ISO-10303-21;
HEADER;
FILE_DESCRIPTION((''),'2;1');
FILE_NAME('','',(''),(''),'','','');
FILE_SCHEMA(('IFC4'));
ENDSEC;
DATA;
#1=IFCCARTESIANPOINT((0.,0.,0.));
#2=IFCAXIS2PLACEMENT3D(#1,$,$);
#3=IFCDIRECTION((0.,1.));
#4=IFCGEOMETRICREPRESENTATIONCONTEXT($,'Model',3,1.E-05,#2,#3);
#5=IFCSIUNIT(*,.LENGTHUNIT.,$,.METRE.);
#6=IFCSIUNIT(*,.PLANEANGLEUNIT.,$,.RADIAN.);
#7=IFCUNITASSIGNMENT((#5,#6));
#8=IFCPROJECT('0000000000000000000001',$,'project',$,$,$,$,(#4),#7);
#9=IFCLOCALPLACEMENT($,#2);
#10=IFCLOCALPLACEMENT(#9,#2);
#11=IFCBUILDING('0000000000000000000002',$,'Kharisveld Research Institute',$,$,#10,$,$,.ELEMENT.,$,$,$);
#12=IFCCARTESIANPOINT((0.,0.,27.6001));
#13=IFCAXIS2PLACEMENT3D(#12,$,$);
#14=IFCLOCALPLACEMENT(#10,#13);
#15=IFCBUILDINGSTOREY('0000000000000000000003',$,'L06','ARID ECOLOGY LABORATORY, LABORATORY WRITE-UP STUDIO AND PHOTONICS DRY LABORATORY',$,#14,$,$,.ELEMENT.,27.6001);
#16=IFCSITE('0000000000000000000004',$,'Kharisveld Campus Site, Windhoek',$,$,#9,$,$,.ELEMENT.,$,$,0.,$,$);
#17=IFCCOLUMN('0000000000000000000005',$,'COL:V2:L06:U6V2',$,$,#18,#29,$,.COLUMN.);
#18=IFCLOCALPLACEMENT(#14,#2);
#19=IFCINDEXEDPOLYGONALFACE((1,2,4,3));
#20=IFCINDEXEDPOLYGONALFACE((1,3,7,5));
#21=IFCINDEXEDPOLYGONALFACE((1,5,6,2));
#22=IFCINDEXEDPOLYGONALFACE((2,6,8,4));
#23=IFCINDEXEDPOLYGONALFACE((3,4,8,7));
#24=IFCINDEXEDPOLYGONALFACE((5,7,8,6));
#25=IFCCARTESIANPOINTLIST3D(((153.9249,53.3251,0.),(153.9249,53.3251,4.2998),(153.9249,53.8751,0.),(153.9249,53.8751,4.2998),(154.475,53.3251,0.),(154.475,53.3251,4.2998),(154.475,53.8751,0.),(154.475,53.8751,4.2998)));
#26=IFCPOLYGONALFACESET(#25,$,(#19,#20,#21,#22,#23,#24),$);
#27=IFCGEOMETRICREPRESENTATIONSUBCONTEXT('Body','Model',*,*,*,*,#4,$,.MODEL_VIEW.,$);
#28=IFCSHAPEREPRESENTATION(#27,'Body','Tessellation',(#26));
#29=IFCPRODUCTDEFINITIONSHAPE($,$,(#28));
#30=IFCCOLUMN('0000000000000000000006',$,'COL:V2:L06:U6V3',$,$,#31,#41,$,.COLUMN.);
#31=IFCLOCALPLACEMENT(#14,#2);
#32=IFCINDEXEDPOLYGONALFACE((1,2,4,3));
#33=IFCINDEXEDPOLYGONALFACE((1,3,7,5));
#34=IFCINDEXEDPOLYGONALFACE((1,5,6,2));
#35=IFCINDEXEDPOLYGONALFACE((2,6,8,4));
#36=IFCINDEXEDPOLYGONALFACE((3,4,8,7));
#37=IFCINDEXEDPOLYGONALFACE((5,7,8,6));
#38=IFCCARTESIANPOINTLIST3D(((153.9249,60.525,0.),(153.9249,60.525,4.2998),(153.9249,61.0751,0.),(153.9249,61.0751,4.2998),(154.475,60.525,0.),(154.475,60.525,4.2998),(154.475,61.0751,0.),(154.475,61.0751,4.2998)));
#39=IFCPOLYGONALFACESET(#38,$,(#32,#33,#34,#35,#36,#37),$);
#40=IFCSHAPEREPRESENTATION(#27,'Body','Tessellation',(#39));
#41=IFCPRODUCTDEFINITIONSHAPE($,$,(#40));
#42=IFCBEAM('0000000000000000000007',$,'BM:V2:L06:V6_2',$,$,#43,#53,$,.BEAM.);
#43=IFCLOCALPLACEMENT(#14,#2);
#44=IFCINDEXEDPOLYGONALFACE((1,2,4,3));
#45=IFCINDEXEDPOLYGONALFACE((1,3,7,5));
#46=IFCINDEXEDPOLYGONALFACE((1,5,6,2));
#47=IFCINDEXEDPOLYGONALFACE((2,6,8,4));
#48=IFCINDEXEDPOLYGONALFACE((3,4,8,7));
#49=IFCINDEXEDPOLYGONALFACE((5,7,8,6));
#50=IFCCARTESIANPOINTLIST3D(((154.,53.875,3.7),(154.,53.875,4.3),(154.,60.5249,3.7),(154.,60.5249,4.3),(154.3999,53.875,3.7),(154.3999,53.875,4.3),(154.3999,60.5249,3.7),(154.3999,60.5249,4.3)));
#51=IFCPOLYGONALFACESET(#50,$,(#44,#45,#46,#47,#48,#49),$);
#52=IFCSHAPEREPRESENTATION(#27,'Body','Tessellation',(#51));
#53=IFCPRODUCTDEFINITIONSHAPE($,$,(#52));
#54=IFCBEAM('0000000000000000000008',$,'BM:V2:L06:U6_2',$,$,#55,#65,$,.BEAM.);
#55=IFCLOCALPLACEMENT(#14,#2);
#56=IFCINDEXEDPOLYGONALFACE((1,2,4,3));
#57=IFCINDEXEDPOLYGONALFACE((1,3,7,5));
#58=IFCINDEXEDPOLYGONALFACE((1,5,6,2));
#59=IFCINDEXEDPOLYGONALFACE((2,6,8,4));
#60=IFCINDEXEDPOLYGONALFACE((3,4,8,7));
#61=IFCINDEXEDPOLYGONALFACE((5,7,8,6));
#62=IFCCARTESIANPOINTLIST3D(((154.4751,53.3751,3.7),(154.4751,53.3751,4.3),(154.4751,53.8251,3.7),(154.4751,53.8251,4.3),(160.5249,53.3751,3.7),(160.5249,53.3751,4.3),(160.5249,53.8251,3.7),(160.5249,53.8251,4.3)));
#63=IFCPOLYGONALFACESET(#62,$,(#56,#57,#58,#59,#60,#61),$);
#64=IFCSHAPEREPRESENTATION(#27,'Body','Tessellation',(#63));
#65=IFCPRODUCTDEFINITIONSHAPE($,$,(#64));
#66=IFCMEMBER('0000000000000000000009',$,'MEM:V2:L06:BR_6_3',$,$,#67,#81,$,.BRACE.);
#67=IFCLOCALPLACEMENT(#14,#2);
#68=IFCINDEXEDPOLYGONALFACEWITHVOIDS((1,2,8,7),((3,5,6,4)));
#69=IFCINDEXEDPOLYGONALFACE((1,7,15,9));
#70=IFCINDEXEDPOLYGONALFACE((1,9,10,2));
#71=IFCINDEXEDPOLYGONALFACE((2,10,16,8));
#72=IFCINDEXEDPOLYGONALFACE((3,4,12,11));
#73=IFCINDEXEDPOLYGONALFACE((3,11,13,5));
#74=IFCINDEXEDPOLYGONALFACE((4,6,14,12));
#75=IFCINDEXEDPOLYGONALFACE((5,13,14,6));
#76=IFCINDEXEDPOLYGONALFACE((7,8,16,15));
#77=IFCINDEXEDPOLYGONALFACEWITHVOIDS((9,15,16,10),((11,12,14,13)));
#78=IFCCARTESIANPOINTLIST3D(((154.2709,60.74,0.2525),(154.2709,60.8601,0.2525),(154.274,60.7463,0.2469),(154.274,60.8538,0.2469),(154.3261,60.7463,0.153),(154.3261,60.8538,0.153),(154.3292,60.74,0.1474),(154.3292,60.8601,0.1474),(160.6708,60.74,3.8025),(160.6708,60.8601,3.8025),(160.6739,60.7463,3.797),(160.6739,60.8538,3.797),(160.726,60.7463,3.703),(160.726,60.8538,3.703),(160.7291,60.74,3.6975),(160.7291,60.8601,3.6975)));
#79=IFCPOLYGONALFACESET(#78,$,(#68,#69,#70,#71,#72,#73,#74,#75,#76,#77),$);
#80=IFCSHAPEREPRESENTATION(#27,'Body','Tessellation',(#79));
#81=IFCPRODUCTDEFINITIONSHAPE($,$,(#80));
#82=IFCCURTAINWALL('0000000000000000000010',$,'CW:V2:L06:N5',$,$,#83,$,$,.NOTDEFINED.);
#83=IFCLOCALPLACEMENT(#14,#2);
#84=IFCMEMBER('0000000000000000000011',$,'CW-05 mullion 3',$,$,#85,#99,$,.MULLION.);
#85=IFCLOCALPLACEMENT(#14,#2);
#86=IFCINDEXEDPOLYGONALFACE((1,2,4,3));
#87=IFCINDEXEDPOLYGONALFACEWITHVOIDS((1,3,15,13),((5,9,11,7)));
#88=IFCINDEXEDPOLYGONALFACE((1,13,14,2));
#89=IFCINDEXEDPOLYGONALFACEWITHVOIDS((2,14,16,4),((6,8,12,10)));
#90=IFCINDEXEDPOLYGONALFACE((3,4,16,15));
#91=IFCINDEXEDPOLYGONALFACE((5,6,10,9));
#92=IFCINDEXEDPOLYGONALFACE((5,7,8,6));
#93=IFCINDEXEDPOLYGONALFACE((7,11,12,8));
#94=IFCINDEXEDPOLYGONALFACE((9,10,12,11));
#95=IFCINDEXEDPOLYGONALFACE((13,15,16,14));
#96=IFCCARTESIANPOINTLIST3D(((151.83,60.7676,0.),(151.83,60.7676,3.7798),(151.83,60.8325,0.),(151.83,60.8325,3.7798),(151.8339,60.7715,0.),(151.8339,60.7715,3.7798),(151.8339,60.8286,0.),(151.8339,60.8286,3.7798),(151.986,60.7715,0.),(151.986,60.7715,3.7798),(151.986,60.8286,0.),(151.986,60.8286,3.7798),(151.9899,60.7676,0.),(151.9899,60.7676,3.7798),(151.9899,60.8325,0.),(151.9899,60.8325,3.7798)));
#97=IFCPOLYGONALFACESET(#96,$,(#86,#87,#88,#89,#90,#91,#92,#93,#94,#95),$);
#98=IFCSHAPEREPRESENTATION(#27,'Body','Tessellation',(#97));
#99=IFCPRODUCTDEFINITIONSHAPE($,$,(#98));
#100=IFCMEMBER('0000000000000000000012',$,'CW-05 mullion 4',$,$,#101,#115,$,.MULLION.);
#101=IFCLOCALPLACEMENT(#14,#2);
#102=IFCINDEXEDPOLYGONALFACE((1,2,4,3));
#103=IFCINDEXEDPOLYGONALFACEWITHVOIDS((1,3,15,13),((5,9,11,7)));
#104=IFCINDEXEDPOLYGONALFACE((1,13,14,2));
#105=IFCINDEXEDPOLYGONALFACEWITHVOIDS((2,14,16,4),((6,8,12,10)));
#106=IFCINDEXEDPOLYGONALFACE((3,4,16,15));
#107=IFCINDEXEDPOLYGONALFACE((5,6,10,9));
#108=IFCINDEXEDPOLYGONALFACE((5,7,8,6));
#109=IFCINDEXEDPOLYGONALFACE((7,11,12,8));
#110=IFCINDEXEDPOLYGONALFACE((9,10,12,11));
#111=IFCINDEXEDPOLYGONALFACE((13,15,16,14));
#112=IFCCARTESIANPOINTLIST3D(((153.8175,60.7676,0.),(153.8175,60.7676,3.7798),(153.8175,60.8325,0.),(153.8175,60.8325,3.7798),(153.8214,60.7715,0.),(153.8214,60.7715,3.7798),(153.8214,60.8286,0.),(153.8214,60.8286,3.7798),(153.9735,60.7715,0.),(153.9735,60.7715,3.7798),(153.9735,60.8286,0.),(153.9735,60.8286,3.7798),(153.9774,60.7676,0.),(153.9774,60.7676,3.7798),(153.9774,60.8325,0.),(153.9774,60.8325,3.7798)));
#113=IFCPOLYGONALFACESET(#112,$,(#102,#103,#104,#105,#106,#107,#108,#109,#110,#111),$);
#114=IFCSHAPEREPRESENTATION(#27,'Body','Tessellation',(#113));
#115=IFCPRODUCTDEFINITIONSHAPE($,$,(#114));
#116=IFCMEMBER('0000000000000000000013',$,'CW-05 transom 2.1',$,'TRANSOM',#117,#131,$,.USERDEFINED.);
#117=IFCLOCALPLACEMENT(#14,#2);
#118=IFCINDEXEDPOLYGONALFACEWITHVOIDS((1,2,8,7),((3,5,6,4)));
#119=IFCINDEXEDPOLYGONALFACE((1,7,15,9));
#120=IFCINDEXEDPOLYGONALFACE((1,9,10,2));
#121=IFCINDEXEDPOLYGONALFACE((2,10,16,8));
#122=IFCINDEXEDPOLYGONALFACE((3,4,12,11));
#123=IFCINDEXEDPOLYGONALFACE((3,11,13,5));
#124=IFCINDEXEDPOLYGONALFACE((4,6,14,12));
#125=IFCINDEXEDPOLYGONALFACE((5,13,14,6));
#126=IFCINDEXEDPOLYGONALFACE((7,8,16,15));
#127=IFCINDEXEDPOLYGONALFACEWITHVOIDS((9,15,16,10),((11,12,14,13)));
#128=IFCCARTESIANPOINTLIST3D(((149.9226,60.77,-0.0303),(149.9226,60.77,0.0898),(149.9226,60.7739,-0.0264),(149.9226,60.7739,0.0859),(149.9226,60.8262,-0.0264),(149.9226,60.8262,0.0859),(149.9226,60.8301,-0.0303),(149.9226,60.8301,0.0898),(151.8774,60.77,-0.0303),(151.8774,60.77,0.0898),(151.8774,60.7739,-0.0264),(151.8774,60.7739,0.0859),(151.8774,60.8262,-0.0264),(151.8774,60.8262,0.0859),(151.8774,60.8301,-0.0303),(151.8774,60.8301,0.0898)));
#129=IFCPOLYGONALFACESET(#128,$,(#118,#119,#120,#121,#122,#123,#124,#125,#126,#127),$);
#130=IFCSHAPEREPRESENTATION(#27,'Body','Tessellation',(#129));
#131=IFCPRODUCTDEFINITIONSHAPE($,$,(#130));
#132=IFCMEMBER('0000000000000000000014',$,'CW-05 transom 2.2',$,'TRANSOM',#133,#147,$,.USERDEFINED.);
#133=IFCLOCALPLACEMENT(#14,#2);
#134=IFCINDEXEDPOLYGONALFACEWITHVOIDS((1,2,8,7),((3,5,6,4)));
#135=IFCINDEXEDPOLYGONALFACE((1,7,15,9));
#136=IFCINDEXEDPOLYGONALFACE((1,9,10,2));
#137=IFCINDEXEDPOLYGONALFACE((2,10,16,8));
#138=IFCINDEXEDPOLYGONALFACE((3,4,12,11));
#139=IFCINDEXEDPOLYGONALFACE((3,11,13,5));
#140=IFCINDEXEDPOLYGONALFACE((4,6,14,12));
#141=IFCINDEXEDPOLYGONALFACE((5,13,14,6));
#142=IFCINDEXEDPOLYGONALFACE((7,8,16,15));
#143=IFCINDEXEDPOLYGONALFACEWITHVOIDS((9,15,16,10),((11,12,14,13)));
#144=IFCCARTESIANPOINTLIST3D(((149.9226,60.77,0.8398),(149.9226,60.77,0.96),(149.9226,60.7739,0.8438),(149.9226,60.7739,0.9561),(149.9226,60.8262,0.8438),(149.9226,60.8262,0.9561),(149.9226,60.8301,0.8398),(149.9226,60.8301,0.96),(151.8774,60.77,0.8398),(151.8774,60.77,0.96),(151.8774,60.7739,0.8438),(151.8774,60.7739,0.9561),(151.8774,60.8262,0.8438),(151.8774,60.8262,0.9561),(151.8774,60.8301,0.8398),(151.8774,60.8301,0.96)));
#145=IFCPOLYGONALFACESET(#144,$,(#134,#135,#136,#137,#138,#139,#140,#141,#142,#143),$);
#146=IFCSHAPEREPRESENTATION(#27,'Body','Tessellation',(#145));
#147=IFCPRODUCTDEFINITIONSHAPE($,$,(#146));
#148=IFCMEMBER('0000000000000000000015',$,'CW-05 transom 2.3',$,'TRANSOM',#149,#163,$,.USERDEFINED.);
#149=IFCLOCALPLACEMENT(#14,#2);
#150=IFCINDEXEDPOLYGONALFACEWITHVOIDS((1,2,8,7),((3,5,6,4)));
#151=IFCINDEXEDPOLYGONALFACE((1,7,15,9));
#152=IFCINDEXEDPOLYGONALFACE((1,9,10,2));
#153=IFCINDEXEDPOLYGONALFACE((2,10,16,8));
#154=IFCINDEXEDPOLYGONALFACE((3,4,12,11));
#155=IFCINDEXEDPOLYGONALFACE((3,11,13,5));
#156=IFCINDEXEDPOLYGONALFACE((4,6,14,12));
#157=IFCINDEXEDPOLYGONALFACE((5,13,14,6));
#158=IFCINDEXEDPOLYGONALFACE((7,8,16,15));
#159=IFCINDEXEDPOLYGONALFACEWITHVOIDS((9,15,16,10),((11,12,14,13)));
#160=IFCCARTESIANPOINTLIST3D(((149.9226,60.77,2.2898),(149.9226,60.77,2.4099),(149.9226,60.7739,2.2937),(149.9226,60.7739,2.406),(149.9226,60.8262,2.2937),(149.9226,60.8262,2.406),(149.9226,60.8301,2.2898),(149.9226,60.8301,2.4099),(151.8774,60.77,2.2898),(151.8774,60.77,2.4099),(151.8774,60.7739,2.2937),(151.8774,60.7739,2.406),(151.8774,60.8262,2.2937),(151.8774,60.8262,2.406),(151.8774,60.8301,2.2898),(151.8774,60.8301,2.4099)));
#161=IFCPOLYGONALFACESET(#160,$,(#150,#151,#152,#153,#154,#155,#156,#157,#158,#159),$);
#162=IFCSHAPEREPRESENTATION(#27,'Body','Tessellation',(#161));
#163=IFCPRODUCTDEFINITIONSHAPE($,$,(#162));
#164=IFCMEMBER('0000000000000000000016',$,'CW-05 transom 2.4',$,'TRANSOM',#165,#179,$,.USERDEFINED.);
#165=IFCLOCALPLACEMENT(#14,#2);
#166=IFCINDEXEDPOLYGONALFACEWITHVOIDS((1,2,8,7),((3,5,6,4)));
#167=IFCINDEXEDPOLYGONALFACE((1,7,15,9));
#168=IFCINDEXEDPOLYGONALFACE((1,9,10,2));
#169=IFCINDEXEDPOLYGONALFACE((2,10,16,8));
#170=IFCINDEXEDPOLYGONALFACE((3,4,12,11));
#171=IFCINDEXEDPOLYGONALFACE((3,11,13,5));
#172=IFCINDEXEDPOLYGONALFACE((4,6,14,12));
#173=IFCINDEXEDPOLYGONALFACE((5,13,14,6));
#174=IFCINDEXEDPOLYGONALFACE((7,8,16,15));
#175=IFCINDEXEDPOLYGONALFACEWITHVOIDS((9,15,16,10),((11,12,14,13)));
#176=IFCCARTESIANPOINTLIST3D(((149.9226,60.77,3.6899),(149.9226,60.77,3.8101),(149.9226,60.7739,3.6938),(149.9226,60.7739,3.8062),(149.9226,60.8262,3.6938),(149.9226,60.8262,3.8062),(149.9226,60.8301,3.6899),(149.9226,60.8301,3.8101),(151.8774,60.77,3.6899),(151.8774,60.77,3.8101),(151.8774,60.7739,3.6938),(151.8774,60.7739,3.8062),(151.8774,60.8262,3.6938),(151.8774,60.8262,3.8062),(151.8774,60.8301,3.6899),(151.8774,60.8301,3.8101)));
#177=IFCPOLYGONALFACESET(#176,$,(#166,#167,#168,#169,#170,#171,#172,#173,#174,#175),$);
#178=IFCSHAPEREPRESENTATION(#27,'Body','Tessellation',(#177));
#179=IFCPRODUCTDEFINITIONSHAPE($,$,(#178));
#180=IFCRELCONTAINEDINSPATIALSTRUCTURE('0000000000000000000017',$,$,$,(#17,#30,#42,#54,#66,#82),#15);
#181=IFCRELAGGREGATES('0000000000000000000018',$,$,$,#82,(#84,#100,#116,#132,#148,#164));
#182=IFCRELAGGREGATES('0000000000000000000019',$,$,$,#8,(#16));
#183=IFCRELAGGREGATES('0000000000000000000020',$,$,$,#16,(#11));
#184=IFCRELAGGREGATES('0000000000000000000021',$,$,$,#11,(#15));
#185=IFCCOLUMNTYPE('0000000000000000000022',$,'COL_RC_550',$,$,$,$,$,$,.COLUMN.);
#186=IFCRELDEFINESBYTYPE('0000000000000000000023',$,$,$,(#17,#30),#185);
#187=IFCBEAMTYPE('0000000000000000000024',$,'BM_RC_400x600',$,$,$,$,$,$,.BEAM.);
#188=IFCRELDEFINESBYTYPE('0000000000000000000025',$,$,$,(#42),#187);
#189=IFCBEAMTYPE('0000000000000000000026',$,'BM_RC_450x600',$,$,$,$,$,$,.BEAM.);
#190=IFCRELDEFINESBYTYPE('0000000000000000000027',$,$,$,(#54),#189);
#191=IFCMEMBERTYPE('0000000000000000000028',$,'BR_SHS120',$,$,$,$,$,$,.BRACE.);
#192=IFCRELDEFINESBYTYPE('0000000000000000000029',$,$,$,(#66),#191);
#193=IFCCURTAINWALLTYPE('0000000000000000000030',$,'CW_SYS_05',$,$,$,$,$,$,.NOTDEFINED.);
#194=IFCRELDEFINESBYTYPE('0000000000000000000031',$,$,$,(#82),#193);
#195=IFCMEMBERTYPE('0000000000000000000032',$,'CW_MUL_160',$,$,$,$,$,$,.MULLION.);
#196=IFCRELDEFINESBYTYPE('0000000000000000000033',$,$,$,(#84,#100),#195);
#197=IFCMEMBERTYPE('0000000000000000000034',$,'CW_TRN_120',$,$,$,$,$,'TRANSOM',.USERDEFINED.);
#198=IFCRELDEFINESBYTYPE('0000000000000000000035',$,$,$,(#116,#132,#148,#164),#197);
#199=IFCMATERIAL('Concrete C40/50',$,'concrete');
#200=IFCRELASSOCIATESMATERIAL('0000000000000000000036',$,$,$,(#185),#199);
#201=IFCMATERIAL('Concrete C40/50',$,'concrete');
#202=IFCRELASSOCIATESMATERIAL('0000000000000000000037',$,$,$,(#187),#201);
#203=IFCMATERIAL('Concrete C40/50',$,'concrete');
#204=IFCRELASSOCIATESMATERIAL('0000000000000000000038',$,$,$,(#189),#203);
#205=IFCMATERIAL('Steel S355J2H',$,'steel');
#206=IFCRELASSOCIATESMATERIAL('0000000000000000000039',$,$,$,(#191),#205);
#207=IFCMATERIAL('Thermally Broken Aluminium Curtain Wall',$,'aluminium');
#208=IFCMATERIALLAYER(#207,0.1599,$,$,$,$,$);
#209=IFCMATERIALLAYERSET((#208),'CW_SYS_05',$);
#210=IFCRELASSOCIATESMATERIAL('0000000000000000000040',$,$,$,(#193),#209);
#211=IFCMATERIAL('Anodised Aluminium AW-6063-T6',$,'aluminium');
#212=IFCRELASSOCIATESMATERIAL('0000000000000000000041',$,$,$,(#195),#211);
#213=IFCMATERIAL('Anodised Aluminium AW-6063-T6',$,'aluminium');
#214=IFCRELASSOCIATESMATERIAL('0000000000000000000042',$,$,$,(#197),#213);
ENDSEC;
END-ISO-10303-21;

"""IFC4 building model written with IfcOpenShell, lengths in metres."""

from ifc_helpers import new_model, si_unit, direction, frame, origin, origin_2d, place, context, subcontext, project, spatial, rectangle, hollow_rectangle, extrude, material, layer, layer_set, material_profile, profile_set, type_object, element, aggregate, save


model = new_model("IFC4")

# Units and contexts
model_context = context("Model", 3, precision=1e-05, world=origin(), true_north=direction((0.0, 1.0)))
body_context = subcontext(model_context, "Body", "Model", "MODEL_VIEW")
ifc_project = project(units=[si_unit("LENGTHUNIT", "METRE"), si_unit("PLANEANGLEUNIT", "RADIAN")], contexts=[model_context])

# Site, building, storey
site_placement = place(None, origin())
site = spatial("IfcSite", under=ifc_project, at=site_placement, Name="Kharisveld Campus Site, Windhoek", CompositionType="ELEMENT", RefElevation=0.0)
building_placement = place(site_placement, origin())
building = spatial("IfcBuilding", under=site, at=building_placement, Name="Kharisveld Research Institute", CompositionType="ELEMENT")
storey_placement = place(building_placement, frame((0.0, 0.0, 27.6001)))
storey = spatial("IfcBuildingStorey", under=building, at=storey_placement, Name="L06", Description="ARID ECOLOGY LABORATORY, LABORATORY WRITE-UP STUDIO AND PHOTONICS DRY LABORATORY", CompositionType="ELEMENT", Elevation=27.6001)

# Columns
ifc_material_1 = material(Name="Concrete C40/50", Category="concrete")
ifc_material_profile_1 = material_profile(ifc_material_1, rectangle(XDim=0.55, YDim=0.55, at=origin_2d()))
ifc_profile_set_1 = profile_set([ifc_material_profile_1], Name="Concrete C40/50")
column_type = type_object("IfcColumnType", Name="COL_RC_550", PredefinedType="COLUMN", material=ifc_profile_set_1)
for number, where, z_axis, x_axis, name in (
    (1, (154.2, 53.6001, 0.0), (0.0, 0.0, 1.0), (1.0, 0.0, 0.0), "COL:V2:L06:U6V2"),
    (2, (154.2, 60.8, 0.0), (0.0, 0.0, 1.0), (1.0, 0.0, 0.0), "COL:V2:L06:U6V3"),
):
    element("IfcColumn", number, at=place(storey_placement, frame(where, z_axis=z_axis, x_axis=x_axis)), inside=storey, type_object=column_type, Name=name, PredefinedType="COLUMN", context=body_context, shape_type="SweptSolid", body=[
        extrude(rectangle(XDim=0.55, YDim=0.55, at=origin_2d()), origin(), (0.0, 0.0, 1.0), 4.2998),
    ])

# Beams
ifc_material_2 = material(Name="Concrete C40/50", Category="concrete")
ifc_material_profile_2 = material_profile(ifc_material_2, rectangle(XDim=0.3999, YDim=0.6001, at=origin_2d()))
ifc_profile_set_2 = profile_set([ifc_material_profile_2], Name="Concrete C40/50")
beam_type_1 = type_object("IfcBeamType", Name="BM_RC_400x600", PredefinedType="BEAM", material=ifc_profile_set_2)
beam_1_placement = place(storey_placement, frame((154.2, 53.875, 4.0), z_axis=(0.0, 1.0, 0.0), x_axis=(-1.0, 0.0, 0.0)))
element("IfcBeam", 3, at=beam_1_placement, inside=storey, type_object=beam_type_1, Name="BM:V2:L06:V6_2", PredefinedType="BEAM", context=body_context, shape_type="SweptSolid", body=[
    extrude(rectangle(XDim=0.3999, YDim=0.6001, at=origin_2d()), origin(), (0.0, 0.0, 1.0), 6.6499),
])
ifc_material_3 = material(Name="Concrete C40/50", Category="concrete")
ifc_material_profile_3 = material_profile(ifc_material_3, rectangle(XDim=0.45, YDim=0.6001, at=origin_2d()))
ifc_profile_set_3 = profile_set([ifc_material_profile_3], Name="Concrete C40/50")
beam_type_2 = type_object("IfcBeamType", Name="BM_RC_450x600", PredefinedType="BEAM", material=ifc_profile_set_3)
beam_2_placement = place(storey_placement, frame((154.4751, 53.6001, 4.0), z_axis=(1.0, 0.0, 0.0), x_axis=(0.0, 1.0, 0.0)))
element("IfcBeam", 4, at=beam_2_placement, inside=storey, type_object=beam_type_2, Name="BM:V2:L06:U6_2", PredefinedType="BEAM", context=body_context, shape_type="SweptSolid", body=[
    extrude(rectangle(XDim=0.45, YDim=0.6001, at=origin_2d()), origin(), (0.0, 0.0, 1.0), 6.0498),
])

# Member
ifc_material_4 = material(Name="Steel S355J2H", Category="steel")
ifc_material_profile_4 = material_profile(ifc_material_4, hollow_rectangle(XDim=0.1201, YDim=0.1201, WallThickness=0.0063, at=origin_2d()))
ifc_profile_set_4 = profile_set([ifc_material_profile_4], Name="Steel S355J2H")
member_type_1 = type_object("IfcMemberType", Name="BR_SHS120", PredefinedType="BRACE", material=ifc_profile_set_4)
member_1_placement = place(storey_placement, frame((154.3, 60.8, 0.2), z_axis=(0.874473, 0.0, 0.485074), x_axis=(0.0, 1.0, 0.0)))
element("IfcMember", 5, at=member_1_placement, inside=storey, type_object=member_type_1, Name="MEM:V2:L06:BR_6_3", PredefinedType="BRACE", context=body_context, shape_type="SweptSolid", body=[
    extrude(hollow_rectangle(XDim=0.1201, YDim=0.1201, WallThickness=0.0063, at=origin_2d()), origin(), (0.0, 0.0, 1.0), 7.3186),
])

# Curtain wall, members
ifc_material_5 = material(Name="Thermally Broken Aluminium Curtain Wall", Category="aluminium")
ifc_layer_1 = layer(ifc_material_5, 0.1599)
ifc_layer_set_1 = layer_set([ifc_layer_1], Name="CW_SYS_05")
curtain_wall_type = type_object("IfcCurtainWallType", Name="CW_SYS_05", PredefinedType="NOTDEFINED", material=ifc_layer_set_1)
curtain_wall_placement = place(storey_placement, origin())
curtain_wall = element("IfcCurtainWall", 6, at=curtain_wall_placement, inside=storey, type_object=curtain_wall_type, Name="CW:V2:L06:N5", PredefinedType="NOTDEFINED")
ifc_material_6 = material(Name="Anodised Aluminium AW-6063-T6", Category="aluminium")
ifc_material_profile_5 = material_profile(ifc_material_6, hollow_rectangle(XDim=0.0649, YDim=0.1599, WallThickness=0.0039, at=origin_2d()))
ifc_profile_set_5 = profile_set([ifc_material_profile_5], Name="Anodised Aluminium AW-6063-T6")
member_type_2 = type_object("IfcMemberType", Name="CW_MUL_160", PredefinedType="MULLION", material=ifc_profile_set_5)
member_2_placement = place(storey_placement, frame((151.9099, 60.8, 0.0), z_axis=(0.0, 0.0, 1.0), x_axis=(0.0, 1.0, 0.0)))
member_2 = element("IfcMember", 7, at=member_2_placement, type_object=member_type_2, Name="CW-05 mullion 3", PredefinedType="MULLION", context=body_context, shape_type="SweptSolid", body=[
    extrude(hollow_rectangle(XDim=0.0649, YDim=0.1599, WallThickness=0.0039, at=origin_2d()), origin(), (0.0, 0.0, 1.0), 3.7798),
])
member_3_placement = place(storey_placement, frame((153.8975, 60.8, 0.0), z_axis=(0.0, 0.0, 1.0), x_axis=(0.0, 1.0, 0.0)))
member_3 = element("IfcMember", 8, at=member_3_placement, type_object=member_type_2, Name="CW-05 mullion 4", PredefinedType="MULLION", context=body_context, shape_type="SweptSolid", body=[
    extrude(hollow_rectangle(XDim=0.0649, YDim=0.1599, WallThickness=0.0039, at=origin_2d()), origin(), (0.0, 0.0, 1.0), 3.7798),
])
ifc_material_7 = material(Name="Anodised Aluminium AW-6063-T6", Category="aluminium")
ifc_material_profile_6 = material_profile(ifc_material_7, hollow_rectangle(XDim=0.0601, YDim=0.1201, WallThickness=0.0039, at=origin_2d()))
ifc_profile_set_6 = profile_set([ifc_material_profile_6], Name="Anodised Aluminium AW-6063-T6")
member_type_3 = type_object("IfcMemberType", Name="CW_TRN_120", ElementType="TRANSOM", PredefinedType="USERDEFINED", material=ifc_profile_set_6)
member_4_placement = place(storey_placement, frame((149.9226, 60.8, 0.0298), z_axis=(1.0, 0.0, 0.0), x_axis=(0.0, 1.0, 0.0)))
member_4 = element("IfcMember", 9, at=member_4_placement, type_object=member_type_3, Name="CW-05 transom 2.1", ObjectType="TRANSOM", PredefinedType="USERDEFINED", context=body_context, shape_type="SweptSolid", body=[
    extrude(hollow_rectangle(XDim=0.0601, YDim=0.1201, WallThickness=0.0039, at=origin_2d()), origin(), (0.0, 0.0, 1.0), 1.9548),
])
member_5_placement = place(storey_placement, frame((149.9226, 60.8, 0.8999), z_axis=(1.0, 0.0, 0.0), x_axis=(0.0, 1.0, 0.0)))
member_5 = element("IfcMember", 10, at=member_5_placement, type_object=member_type_3, Name="CW-05 transom 2.2", ObjectType="TRANSOM", PredefinedType="USERDEFINED", context=body_context, shape_type="SweptSolid", body=[
    extrude(hollow_rectangle(XDim=0.0601, YDim=0.1201, WallThickness=0.0039, at=origin_2d()), origin(), (0.0, 0.0, 1.0), 1.9548),
])
member_6_placement = place(storey_placement, frame((149.9226, 60.8, 2.3499), z_axis=(1.0, 0.0, 0.0), x_axis=(0.0, 1.0, 0.0)))
member_6 = element("IfcMember", 11, at=member_6_placement, type_object=member_type_3, Name="CW-05 transom 2.3", ObjectType="TRANSOM", PredefinedType="USERDEFINED", context=body_context, shape_type="SweptSolid", body=[
    extrude(hollow_rectangle(XDim=0.0601, YDim=0.1201, WallThickness=0.0039, at=origin_2d()), origin(), (0.0, 0.0, 1.0), 1.9548),
])
member_7_placement = place(storey_placement, frame((149.9226, 60.8, 3.75), z_axis=(1.0, 0.0, 0.0), x_axis=(0.0, 1.0, 0.0)))
member_7 = element("IfcMember", 12, at=member_7_placement, type_object=member_type_3, Name="CW-05 transom 2.4", ObjectType="TRANSOM", PredefinedType="USERDEFINED", context=body_context, shape_type="SweptSolid", body=[
    extrude(hollow_rectangle(XDim=0.0601, YDim=0.1201, WallThickness=0.0039, at=origin_2d()), origin(), (0.0, 0.0, 1.0), 1.9548),
])

aggregate(curtain_wall, [member_2, member_3, member_4, member_5, member_6, member_7])

save(model, "model.ifc")
